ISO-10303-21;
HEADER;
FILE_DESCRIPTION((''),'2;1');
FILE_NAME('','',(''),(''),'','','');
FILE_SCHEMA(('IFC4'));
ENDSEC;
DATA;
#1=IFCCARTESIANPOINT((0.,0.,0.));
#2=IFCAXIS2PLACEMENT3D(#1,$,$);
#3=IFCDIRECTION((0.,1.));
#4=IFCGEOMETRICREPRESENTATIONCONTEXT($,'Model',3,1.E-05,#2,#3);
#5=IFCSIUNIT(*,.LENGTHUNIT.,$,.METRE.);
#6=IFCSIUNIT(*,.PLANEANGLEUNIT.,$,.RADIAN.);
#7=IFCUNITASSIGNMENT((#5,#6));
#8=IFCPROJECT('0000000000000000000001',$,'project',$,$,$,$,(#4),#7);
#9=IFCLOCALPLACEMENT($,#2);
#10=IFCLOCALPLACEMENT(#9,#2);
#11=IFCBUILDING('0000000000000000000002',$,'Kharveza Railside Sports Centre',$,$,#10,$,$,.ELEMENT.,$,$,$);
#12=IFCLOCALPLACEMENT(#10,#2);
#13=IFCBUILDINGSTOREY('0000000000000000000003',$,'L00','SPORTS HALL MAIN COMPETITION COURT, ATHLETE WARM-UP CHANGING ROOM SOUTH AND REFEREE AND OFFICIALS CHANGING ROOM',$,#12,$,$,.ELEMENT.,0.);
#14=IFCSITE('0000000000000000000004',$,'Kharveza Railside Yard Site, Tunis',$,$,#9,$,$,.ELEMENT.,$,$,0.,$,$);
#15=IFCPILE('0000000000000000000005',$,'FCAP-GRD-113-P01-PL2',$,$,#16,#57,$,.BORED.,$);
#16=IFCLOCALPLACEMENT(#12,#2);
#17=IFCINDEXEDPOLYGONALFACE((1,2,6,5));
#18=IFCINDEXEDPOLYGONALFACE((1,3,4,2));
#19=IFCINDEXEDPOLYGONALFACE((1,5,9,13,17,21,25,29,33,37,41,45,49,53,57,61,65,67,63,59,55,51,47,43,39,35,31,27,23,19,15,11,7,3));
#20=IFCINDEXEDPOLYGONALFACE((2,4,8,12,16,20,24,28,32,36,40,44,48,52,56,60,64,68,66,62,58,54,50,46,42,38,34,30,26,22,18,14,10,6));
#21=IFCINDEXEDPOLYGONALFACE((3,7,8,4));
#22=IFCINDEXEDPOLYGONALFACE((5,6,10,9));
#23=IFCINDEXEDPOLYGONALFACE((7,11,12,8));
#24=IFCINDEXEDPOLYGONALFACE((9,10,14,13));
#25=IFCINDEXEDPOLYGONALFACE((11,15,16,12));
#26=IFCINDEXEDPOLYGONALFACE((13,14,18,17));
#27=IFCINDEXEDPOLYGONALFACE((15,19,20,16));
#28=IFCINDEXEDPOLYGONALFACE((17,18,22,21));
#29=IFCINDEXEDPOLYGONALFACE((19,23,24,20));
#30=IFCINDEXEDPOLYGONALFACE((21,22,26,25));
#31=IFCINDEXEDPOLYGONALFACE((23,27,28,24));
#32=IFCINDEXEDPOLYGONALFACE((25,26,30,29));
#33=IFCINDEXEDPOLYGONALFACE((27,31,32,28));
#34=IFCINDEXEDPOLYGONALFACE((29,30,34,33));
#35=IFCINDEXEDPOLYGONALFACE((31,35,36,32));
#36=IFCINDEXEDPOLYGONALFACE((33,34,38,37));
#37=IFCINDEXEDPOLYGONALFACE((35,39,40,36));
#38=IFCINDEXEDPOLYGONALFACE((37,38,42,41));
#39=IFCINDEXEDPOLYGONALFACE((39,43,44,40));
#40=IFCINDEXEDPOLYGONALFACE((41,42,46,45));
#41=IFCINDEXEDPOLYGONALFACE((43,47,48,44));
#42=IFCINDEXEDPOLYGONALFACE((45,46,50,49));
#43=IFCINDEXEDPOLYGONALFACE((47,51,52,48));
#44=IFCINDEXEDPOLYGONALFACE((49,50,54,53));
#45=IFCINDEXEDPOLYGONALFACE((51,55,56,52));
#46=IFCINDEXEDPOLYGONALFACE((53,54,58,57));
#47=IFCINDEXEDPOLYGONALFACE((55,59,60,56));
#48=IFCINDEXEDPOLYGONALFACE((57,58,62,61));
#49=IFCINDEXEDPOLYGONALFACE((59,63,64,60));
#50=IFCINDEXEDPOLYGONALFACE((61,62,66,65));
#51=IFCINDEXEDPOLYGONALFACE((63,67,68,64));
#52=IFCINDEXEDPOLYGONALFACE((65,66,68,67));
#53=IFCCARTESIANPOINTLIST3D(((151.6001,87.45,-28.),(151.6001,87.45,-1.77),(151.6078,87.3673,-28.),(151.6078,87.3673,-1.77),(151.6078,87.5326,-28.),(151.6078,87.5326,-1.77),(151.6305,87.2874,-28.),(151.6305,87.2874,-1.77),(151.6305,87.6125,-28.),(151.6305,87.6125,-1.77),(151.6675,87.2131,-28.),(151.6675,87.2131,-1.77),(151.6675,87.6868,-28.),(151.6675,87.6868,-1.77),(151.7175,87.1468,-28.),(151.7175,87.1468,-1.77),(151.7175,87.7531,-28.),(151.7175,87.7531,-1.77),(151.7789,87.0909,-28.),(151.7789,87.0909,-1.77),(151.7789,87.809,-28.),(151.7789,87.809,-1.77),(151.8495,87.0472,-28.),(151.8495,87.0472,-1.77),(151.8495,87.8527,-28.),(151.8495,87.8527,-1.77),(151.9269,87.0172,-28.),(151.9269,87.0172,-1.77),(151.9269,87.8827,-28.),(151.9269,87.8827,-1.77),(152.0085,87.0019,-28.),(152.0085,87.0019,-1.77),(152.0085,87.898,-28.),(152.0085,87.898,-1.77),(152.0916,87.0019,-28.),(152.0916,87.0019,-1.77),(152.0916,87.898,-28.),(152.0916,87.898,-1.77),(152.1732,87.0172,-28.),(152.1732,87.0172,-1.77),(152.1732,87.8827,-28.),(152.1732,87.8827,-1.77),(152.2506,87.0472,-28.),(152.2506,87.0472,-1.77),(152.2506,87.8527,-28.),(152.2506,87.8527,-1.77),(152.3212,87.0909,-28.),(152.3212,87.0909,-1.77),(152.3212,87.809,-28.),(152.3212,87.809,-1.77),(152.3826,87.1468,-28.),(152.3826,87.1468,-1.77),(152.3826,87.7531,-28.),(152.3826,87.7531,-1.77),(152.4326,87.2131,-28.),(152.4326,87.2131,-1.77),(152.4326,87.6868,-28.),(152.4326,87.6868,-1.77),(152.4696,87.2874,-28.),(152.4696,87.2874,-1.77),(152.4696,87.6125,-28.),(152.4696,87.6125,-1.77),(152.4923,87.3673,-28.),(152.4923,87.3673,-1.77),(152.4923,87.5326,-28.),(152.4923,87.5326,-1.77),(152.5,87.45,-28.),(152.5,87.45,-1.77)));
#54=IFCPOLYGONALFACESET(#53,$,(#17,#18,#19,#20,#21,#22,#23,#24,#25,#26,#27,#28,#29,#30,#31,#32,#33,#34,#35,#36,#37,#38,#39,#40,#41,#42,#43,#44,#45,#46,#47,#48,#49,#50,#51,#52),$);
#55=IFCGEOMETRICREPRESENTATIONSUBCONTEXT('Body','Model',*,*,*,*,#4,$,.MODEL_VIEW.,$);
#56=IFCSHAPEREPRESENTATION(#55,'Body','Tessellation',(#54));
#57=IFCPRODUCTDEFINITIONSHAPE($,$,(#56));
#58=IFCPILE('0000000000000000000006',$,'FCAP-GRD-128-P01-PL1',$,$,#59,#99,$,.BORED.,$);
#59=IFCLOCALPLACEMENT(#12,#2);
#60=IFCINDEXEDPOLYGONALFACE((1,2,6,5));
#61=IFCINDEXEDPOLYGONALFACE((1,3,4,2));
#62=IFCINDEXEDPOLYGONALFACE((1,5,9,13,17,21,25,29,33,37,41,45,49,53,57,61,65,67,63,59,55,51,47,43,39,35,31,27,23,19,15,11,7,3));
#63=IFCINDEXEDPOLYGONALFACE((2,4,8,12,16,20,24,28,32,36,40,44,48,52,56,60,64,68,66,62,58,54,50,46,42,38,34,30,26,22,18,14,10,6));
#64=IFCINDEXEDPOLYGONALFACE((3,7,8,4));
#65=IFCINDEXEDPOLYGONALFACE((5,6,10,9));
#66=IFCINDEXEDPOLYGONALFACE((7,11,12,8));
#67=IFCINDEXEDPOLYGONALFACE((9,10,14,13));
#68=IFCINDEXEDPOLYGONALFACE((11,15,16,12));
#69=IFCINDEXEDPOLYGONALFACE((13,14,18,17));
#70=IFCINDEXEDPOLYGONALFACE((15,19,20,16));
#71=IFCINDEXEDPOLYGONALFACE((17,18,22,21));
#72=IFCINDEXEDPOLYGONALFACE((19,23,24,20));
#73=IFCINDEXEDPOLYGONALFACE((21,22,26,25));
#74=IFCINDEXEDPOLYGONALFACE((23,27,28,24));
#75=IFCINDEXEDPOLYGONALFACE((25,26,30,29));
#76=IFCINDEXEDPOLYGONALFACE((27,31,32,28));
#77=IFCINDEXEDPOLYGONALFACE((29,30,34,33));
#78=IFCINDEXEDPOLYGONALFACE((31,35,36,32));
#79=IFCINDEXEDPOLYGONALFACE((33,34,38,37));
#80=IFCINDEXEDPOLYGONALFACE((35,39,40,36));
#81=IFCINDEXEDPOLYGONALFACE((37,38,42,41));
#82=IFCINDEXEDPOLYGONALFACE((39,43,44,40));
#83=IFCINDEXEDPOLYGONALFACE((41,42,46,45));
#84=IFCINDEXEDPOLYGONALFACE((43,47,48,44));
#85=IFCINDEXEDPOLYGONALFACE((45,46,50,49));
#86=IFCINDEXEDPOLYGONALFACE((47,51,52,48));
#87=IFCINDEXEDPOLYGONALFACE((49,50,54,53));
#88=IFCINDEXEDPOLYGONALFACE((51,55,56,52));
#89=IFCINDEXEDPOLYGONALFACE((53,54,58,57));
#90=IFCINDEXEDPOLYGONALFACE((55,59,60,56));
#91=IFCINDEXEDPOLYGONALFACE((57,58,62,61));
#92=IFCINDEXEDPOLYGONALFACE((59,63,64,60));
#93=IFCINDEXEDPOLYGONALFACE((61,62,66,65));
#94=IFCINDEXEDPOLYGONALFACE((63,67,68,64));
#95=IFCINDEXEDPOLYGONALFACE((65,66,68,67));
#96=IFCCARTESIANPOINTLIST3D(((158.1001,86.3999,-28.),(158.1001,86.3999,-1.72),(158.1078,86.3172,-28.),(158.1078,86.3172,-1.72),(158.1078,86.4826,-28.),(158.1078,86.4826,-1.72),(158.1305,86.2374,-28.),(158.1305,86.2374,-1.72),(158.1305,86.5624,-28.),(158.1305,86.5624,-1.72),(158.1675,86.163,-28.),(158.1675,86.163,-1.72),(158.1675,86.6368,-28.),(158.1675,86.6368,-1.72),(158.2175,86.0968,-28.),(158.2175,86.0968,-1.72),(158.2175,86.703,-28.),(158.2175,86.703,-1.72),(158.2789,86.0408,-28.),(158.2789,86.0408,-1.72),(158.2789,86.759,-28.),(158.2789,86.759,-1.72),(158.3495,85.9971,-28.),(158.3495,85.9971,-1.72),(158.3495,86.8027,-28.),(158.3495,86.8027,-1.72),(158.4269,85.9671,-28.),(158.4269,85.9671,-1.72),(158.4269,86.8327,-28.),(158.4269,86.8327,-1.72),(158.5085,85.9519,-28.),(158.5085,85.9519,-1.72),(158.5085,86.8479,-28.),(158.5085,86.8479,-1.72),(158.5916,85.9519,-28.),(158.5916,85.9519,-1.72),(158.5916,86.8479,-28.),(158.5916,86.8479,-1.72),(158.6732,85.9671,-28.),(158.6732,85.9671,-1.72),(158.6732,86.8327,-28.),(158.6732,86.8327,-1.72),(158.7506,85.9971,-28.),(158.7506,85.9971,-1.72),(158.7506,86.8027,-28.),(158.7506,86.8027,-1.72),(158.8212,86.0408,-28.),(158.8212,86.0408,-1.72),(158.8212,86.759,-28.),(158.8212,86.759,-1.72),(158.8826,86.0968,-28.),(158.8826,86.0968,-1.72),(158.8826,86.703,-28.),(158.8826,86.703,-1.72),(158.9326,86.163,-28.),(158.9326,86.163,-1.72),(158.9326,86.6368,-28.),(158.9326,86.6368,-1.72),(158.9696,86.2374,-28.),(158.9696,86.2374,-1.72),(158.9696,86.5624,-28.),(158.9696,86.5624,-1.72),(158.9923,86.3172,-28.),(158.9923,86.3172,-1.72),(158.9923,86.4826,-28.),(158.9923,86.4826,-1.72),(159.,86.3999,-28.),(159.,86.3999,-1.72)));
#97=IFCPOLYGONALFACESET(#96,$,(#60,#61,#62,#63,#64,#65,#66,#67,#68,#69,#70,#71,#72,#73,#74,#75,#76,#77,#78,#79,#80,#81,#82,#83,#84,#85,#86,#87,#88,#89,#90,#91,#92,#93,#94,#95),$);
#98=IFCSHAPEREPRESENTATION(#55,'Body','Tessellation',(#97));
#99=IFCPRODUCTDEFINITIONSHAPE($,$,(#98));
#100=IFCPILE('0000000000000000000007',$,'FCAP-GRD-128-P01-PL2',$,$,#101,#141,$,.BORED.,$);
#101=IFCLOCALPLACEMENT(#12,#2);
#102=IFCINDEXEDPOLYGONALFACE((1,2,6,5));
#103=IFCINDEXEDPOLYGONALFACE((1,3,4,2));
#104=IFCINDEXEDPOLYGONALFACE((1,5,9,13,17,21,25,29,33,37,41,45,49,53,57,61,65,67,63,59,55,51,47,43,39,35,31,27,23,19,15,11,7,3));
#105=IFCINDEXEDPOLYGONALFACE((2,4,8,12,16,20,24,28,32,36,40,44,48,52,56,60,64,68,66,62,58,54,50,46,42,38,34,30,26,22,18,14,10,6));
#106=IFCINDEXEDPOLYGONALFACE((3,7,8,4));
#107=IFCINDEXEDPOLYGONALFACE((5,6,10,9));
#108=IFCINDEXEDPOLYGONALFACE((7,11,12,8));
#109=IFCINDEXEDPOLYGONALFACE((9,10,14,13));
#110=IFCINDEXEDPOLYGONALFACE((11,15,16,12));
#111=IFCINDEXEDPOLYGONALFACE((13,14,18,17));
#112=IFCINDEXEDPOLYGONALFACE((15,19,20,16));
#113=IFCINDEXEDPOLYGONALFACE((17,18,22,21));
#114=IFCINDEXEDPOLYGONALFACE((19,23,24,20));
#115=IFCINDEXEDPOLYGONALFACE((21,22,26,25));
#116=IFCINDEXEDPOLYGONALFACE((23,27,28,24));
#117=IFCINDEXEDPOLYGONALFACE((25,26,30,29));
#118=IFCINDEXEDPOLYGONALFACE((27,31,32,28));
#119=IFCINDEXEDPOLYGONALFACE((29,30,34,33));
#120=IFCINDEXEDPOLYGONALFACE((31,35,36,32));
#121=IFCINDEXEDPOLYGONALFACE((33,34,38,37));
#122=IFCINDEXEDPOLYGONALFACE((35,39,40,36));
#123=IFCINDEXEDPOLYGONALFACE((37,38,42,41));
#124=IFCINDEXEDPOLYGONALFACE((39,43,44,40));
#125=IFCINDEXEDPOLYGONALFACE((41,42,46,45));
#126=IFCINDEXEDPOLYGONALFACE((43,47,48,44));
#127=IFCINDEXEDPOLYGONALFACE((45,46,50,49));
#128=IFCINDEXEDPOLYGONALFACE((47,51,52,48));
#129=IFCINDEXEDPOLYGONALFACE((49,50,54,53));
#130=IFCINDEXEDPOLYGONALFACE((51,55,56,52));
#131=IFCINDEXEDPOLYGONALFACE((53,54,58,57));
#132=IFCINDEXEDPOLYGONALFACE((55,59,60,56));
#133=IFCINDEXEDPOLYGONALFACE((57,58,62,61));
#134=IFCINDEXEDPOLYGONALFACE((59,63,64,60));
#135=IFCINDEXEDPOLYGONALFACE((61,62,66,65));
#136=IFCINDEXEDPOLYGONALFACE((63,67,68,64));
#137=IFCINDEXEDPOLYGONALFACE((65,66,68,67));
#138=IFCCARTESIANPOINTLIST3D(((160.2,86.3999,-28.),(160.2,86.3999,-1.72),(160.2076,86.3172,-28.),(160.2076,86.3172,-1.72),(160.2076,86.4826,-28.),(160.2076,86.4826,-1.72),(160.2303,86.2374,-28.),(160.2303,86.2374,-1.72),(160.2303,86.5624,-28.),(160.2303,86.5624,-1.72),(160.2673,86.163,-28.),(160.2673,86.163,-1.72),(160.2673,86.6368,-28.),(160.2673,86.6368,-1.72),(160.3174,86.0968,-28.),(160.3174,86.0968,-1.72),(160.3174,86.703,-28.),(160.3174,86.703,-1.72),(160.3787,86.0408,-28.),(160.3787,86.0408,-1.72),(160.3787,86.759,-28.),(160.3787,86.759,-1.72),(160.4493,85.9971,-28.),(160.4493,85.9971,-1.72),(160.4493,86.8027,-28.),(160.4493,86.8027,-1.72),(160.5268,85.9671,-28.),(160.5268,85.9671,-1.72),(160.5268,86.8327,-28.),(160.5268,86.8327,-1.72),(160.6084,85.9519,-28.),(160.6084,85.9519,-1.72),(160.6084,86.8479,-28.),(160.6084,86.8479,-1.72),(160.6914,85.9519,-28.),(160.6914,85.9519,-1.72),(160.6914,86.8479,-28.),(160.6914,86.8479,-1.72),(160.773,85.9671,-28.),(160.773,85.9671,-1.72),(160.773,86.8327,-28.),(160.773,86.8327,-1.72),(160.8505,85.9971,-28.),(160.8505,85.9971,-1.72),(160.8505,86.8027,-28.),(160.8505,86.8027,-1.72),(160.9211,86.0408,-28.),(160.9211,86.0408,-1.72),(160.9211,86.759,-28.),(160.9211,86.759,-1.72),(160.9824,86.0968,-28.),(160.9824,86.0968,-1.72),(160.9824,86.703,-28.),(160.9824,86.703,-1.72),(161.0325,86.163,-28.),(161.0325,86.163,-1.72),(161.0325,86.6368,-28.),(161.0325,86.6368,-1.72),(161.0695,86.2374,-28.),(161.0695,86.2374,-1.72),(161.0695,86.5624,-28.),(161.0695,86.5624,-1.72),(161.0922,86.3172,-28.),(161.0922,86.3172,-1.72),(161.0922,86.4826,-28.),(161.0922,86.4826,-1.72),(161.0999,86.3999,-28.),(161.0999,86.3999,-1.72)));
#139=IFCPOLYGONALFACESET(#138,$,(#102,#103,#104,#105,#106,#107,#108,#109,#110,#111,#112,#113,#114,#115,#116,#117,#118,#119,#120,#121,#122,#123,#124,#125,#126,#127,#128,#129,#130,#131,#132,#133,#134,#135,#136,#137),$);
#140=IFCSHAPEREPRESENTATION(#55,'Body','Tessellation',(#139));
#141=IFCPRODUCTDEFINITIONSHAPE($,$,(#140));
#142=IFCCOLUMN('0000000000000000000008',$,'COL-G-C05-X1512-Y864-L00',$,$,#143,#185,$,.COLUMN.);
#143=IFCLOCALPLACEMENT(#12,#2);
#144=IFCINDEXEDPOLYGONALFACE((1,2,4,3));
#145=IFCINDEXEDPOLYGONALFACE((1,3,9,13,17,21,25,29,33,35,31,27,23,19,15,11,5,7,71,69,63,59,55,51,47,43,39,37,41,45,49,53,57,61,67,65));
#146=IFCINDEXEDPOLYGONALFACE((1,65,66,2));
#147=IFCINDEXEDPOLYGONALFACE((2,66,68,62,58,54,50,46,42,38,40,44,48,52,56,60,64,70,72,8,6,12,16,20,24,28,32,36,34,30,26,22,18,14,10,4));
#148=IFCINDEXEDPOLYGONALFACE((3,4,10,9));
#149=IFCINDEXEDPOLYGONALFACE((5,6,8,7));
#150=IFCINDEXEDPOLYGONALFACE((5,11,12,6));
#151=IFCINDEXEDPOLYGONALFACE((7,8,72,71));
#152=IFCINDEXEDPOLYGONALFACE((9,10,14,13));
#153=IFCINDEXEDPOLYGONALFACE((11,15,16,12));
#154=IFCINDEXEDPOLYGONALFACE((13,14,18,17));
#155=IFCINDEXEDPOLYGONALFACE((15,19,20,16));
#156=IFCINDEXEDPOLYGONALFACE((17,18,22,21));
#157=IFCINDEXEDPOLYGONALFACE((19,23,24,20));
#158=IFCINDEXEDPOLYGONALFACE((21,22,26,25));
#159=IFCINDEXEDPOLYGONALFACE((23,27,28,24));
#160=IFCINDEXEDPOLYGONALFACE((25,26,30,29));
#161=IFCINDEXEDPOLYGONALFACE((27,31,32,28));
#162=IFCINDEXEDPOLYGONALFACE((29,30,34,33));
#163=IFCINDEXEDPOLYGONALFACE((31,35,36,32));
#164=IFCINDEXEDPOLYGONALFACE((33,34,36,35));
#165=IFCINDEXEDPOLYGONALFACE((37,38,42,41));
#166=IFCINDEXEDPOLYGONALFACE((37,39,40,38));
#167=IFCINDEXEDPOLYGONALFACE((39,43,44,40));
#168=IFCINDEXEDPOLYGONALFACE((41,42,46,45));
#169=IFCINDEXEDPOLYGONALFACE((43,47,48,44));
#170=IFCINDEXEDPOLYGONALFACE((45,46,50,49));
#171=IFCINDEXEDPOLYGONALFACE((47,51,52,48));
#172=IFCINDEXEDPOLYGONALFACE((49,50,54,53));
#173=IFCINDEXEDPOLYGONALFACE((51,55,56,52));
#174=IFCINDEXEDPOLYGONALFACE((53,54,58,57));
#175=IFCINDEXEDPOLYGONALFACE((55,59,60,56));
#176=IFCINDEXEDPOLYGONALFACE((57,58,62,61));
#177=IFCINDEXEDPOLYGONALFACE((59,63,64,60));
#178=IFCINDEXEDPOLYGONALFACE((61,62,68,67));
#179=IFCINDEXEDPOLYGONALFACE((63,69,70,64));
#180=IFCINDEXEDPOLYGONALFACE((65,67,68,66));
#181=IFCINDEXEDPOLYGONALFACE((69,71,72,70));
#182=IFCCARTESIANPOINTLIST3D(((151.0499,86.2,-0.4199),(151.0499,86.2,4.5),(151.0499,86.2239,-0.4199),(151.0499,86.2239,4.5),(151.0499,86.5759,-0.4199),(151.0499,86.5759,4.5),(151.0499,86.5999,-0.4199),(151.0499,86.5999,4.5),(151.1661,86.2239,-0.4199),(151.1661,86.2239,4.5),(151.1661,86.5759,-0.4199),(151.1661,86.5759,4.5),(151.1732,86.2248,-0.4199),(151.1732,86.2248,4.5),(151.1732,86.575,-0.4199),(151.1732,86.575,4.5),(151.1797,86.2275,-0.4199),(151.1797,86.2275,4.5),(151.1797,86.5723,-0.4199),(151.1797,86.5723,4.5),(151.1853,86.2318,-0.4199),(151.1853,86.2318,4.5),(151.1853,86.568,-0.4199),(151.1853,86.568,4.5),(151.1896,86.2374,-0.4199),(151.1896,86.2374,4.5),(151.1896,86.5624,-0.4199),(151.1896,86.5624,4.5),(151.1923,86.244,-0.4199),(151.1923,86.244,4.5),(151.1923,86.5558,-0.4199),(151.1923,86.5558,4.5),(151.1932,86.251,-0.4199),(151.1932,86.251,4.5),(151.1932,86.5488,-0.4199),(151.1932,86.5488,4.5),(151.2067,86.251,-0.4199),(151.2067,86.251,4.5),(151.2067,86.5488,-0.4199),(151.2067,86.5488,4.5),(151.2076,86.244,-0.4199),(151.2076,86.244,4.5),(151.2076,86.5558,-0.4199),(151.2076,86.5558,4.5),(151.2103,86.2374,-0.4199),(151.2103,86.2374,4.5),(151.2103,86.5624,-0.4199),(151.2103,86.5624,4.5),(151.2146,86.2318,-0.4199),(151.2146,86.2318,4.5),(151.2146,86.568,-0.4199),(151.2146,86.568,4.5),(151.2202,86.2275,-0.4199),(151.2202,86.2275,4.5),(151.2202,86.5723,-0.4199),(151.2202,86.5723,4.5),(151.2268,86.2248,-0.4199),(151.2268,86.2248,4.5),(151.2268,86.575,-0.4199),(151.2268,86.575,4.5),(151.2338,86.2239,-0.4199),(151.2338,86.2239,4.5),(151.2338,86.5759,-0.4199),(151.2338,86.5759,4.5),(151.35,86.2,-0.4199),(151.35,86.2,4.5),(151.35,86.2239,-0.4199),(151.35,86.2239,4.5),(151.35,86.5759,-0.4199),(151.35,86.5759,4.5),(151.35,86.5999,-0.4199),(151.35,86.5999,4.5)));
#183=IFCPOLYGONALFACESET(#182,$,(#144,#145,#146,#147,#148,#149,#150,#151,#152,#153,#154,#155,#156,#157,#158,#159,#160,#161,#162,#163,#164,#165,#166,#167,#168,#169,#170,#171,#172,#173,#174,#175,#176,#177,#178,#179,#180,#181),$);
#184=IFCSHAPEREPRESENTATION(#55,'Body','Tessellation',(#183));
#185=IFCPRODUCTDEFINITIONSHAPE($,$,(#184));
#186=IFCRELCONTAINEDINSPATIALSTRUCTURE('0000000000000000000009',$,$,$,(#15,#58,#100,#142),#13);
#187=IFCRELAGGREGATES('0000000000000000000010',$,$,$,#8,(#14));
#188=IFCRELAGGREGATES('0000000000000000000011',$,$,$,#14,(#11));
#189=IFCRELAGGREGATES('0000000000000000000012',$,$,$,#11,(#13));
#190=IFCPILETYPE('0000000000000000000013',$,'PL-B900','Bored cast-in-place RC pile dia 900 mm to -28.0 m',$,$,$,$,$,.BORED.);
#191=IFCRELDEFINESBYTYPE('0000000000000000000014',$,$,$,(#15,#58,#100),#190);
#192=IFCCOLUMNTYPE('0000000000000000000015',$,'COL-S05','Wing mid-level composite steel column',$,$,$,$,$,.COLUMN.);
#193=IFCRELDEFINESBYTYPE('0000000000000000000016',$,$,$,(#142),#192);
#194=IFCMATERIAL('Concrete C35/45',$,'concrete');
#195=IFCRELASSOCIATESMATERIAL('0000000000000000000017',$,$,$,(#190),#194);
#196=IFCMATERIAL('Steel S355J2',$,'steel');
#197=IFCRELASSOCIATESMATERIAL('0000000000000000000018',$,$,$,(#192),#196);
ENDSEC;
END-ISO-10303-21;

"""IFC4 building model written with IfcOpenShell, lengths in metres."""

from ifc_helpers import new_model, si_unit, direction, frame, origin, origin_2d, place, context, subcontext, project, spatial, circle, i_section, extrude, material, material_profile, profile_set, type_object, element, save


model = new_model("IFC4")

# Units and contexts
model_context = context("Model", 3, precision=1e-05, world=origin(), true_north=direction((0.0, 1.0)))
body_context = subcontext(model_context, "Body", "Model", "MODEL_VIEW")
ifc_project = project(units=[si_unit("LENGTHUNIT", "METRE"), si_unit("PLANEANGLEUNIT", "RADIAN")], contexts=[model_context])

# Site, building, storey
site_placement = place(None, origin())
site = spatial("IfcSite", under=ifc_project, at=site_placement, Name="Kharveza Railside Yard Site, Tunis", CompositionType="ELEMENT", RefElevation=0.0)
building_placement = place(site_placement, origin())
building = spatial("IfcBuilding", under=site, at=building_placement, Name="Kharveza Railside Sports Centre", CompositionType="ELEMENT")
storey_placement = place(building_placement, origin())
storey = spatial("IfcBuildingStorey", under=building, at=storey_placement, Name="L00", Description="SPORTS HALL MAIN COMPETITION COURT, ATHLETE WARM-UP CHANGING ROOM SOUTH AND REFEREE AND OFFICIALS CHANGING ROOM", CompositionType="ELEMENT", Elevation=0.0)

# Shared definitions
ifc_material_1 = material(Name="Concrete C35/45", Category="concrete")

# Piles
ifc_material_profile_1 = material_profile(ifc_material_1, circle(Radius=0.45, at=origin_2d()), Name="PILE D900")
ifc_profile_set_1 = profile_set([ifc_material_profile_1], Name="Concrete C35/45")
pile_type_1 = type_object("IfcPileType", Name="PL-B900", Description="Bored cast-in-place RC pile dia 900 mm to -28.0 m", PredefinedType="BORED", material=ifc_profile_set_1)
for number, where, z_axis, x_axis, name in (
    (1, (152.05, 87.45, -1.77), (0.0, 0.0, -1.0), (1.0, 0.0, 0.0), "FCAP-GRD-113-P01-PL2"),
):
    element("IfcPile", number, at=place(storey_placement, frame(where, z_axis=z_axis, x_axis=x_axis)), inside=storey, type_object=pile_type_1, Name=name, PredefinedType="BORED", context=body_context, shape_type="SweptSolid", body=[
        extrude(circle(Radius=0.45, at=origin_2d()), origin(), (0.0, 0.0, 1.0), 26.23),
    ])
for number, where, z_axis, x_axis, name in (
    (2, (158.55, 86.3999, -1.72), (0.0, 0.0, -1.0), (1.0, 0.0, 0.0), "FCAP-GRD-128-P01-PL1"),
    (3, (160.6499, 86.3999, -1.72), (0.0, 0.0, -1.0), (1.0, 0.0, 0.0), "FCAP-GRD-128-P01-PL2"),
):
    element("IfcPile", number, at=place(storey_placement, frame(where, z_axis=z_axis, x_axis=x_axis)), inside=storey, type_object=pile_type_1, Name=name, PredefinedType="BORED", context=body_context, shape_type="SweptSolid", body=[
        extrude(circle(Radius=0.45, at=origin_2d()), origin(), (0.0, 0.0, 1.0), 26.28),
    ])

# Column
ifc_material_2 = material(Name="Steel S355J2", Category="steel")
ifc_material_profile_2 = material_profile(ifc_material_2, i_section(OverallWidth=0.3, OverallDepth=0.3999, WebThickness=0.0134, FlangeThickness=0.0239, FilletRadius=0.0271, at=origin_2d()), Name="HEB 400")
ifc_profile_set_2 = profile_set([ifc_material_profile_2], Name="Steel S355J2")
column_type = type_object("IfcColumnType", Name="COL-S05", Description="Wing mid-level composite steel column", PredefinedType="COLUMN", material=ifc_profile_set_2)
for number, where, z_axis, x_axis, name in (
    (4, (151.2, 86.3999, -0.4199), (0.0, 0.0, 1.0), (1.0, 0.0, 0.0), "COL-G-C05-X1512-Y864-L00"),
):
    element("IfcColumn", number, at=place(storey_placement, frame(where, z_axis=z_axis, x_axis=x_axis)), inside=storey, type_object=column_type, Name=name, PredefinedType="COLUMN", context=body_context, shape_type="SweptSolid", body=[
        extrude(i_section(OverallWidth=0.3, OverallDepth=0.3999, WebThickness=0.0134, FlangeThickness=0.0239, FilletRadius=0.0271, at=origin_2d()), origin(), (0.0, 0.0, 1.0), 4.9199),
    ])

save(model, "model.ifc")
